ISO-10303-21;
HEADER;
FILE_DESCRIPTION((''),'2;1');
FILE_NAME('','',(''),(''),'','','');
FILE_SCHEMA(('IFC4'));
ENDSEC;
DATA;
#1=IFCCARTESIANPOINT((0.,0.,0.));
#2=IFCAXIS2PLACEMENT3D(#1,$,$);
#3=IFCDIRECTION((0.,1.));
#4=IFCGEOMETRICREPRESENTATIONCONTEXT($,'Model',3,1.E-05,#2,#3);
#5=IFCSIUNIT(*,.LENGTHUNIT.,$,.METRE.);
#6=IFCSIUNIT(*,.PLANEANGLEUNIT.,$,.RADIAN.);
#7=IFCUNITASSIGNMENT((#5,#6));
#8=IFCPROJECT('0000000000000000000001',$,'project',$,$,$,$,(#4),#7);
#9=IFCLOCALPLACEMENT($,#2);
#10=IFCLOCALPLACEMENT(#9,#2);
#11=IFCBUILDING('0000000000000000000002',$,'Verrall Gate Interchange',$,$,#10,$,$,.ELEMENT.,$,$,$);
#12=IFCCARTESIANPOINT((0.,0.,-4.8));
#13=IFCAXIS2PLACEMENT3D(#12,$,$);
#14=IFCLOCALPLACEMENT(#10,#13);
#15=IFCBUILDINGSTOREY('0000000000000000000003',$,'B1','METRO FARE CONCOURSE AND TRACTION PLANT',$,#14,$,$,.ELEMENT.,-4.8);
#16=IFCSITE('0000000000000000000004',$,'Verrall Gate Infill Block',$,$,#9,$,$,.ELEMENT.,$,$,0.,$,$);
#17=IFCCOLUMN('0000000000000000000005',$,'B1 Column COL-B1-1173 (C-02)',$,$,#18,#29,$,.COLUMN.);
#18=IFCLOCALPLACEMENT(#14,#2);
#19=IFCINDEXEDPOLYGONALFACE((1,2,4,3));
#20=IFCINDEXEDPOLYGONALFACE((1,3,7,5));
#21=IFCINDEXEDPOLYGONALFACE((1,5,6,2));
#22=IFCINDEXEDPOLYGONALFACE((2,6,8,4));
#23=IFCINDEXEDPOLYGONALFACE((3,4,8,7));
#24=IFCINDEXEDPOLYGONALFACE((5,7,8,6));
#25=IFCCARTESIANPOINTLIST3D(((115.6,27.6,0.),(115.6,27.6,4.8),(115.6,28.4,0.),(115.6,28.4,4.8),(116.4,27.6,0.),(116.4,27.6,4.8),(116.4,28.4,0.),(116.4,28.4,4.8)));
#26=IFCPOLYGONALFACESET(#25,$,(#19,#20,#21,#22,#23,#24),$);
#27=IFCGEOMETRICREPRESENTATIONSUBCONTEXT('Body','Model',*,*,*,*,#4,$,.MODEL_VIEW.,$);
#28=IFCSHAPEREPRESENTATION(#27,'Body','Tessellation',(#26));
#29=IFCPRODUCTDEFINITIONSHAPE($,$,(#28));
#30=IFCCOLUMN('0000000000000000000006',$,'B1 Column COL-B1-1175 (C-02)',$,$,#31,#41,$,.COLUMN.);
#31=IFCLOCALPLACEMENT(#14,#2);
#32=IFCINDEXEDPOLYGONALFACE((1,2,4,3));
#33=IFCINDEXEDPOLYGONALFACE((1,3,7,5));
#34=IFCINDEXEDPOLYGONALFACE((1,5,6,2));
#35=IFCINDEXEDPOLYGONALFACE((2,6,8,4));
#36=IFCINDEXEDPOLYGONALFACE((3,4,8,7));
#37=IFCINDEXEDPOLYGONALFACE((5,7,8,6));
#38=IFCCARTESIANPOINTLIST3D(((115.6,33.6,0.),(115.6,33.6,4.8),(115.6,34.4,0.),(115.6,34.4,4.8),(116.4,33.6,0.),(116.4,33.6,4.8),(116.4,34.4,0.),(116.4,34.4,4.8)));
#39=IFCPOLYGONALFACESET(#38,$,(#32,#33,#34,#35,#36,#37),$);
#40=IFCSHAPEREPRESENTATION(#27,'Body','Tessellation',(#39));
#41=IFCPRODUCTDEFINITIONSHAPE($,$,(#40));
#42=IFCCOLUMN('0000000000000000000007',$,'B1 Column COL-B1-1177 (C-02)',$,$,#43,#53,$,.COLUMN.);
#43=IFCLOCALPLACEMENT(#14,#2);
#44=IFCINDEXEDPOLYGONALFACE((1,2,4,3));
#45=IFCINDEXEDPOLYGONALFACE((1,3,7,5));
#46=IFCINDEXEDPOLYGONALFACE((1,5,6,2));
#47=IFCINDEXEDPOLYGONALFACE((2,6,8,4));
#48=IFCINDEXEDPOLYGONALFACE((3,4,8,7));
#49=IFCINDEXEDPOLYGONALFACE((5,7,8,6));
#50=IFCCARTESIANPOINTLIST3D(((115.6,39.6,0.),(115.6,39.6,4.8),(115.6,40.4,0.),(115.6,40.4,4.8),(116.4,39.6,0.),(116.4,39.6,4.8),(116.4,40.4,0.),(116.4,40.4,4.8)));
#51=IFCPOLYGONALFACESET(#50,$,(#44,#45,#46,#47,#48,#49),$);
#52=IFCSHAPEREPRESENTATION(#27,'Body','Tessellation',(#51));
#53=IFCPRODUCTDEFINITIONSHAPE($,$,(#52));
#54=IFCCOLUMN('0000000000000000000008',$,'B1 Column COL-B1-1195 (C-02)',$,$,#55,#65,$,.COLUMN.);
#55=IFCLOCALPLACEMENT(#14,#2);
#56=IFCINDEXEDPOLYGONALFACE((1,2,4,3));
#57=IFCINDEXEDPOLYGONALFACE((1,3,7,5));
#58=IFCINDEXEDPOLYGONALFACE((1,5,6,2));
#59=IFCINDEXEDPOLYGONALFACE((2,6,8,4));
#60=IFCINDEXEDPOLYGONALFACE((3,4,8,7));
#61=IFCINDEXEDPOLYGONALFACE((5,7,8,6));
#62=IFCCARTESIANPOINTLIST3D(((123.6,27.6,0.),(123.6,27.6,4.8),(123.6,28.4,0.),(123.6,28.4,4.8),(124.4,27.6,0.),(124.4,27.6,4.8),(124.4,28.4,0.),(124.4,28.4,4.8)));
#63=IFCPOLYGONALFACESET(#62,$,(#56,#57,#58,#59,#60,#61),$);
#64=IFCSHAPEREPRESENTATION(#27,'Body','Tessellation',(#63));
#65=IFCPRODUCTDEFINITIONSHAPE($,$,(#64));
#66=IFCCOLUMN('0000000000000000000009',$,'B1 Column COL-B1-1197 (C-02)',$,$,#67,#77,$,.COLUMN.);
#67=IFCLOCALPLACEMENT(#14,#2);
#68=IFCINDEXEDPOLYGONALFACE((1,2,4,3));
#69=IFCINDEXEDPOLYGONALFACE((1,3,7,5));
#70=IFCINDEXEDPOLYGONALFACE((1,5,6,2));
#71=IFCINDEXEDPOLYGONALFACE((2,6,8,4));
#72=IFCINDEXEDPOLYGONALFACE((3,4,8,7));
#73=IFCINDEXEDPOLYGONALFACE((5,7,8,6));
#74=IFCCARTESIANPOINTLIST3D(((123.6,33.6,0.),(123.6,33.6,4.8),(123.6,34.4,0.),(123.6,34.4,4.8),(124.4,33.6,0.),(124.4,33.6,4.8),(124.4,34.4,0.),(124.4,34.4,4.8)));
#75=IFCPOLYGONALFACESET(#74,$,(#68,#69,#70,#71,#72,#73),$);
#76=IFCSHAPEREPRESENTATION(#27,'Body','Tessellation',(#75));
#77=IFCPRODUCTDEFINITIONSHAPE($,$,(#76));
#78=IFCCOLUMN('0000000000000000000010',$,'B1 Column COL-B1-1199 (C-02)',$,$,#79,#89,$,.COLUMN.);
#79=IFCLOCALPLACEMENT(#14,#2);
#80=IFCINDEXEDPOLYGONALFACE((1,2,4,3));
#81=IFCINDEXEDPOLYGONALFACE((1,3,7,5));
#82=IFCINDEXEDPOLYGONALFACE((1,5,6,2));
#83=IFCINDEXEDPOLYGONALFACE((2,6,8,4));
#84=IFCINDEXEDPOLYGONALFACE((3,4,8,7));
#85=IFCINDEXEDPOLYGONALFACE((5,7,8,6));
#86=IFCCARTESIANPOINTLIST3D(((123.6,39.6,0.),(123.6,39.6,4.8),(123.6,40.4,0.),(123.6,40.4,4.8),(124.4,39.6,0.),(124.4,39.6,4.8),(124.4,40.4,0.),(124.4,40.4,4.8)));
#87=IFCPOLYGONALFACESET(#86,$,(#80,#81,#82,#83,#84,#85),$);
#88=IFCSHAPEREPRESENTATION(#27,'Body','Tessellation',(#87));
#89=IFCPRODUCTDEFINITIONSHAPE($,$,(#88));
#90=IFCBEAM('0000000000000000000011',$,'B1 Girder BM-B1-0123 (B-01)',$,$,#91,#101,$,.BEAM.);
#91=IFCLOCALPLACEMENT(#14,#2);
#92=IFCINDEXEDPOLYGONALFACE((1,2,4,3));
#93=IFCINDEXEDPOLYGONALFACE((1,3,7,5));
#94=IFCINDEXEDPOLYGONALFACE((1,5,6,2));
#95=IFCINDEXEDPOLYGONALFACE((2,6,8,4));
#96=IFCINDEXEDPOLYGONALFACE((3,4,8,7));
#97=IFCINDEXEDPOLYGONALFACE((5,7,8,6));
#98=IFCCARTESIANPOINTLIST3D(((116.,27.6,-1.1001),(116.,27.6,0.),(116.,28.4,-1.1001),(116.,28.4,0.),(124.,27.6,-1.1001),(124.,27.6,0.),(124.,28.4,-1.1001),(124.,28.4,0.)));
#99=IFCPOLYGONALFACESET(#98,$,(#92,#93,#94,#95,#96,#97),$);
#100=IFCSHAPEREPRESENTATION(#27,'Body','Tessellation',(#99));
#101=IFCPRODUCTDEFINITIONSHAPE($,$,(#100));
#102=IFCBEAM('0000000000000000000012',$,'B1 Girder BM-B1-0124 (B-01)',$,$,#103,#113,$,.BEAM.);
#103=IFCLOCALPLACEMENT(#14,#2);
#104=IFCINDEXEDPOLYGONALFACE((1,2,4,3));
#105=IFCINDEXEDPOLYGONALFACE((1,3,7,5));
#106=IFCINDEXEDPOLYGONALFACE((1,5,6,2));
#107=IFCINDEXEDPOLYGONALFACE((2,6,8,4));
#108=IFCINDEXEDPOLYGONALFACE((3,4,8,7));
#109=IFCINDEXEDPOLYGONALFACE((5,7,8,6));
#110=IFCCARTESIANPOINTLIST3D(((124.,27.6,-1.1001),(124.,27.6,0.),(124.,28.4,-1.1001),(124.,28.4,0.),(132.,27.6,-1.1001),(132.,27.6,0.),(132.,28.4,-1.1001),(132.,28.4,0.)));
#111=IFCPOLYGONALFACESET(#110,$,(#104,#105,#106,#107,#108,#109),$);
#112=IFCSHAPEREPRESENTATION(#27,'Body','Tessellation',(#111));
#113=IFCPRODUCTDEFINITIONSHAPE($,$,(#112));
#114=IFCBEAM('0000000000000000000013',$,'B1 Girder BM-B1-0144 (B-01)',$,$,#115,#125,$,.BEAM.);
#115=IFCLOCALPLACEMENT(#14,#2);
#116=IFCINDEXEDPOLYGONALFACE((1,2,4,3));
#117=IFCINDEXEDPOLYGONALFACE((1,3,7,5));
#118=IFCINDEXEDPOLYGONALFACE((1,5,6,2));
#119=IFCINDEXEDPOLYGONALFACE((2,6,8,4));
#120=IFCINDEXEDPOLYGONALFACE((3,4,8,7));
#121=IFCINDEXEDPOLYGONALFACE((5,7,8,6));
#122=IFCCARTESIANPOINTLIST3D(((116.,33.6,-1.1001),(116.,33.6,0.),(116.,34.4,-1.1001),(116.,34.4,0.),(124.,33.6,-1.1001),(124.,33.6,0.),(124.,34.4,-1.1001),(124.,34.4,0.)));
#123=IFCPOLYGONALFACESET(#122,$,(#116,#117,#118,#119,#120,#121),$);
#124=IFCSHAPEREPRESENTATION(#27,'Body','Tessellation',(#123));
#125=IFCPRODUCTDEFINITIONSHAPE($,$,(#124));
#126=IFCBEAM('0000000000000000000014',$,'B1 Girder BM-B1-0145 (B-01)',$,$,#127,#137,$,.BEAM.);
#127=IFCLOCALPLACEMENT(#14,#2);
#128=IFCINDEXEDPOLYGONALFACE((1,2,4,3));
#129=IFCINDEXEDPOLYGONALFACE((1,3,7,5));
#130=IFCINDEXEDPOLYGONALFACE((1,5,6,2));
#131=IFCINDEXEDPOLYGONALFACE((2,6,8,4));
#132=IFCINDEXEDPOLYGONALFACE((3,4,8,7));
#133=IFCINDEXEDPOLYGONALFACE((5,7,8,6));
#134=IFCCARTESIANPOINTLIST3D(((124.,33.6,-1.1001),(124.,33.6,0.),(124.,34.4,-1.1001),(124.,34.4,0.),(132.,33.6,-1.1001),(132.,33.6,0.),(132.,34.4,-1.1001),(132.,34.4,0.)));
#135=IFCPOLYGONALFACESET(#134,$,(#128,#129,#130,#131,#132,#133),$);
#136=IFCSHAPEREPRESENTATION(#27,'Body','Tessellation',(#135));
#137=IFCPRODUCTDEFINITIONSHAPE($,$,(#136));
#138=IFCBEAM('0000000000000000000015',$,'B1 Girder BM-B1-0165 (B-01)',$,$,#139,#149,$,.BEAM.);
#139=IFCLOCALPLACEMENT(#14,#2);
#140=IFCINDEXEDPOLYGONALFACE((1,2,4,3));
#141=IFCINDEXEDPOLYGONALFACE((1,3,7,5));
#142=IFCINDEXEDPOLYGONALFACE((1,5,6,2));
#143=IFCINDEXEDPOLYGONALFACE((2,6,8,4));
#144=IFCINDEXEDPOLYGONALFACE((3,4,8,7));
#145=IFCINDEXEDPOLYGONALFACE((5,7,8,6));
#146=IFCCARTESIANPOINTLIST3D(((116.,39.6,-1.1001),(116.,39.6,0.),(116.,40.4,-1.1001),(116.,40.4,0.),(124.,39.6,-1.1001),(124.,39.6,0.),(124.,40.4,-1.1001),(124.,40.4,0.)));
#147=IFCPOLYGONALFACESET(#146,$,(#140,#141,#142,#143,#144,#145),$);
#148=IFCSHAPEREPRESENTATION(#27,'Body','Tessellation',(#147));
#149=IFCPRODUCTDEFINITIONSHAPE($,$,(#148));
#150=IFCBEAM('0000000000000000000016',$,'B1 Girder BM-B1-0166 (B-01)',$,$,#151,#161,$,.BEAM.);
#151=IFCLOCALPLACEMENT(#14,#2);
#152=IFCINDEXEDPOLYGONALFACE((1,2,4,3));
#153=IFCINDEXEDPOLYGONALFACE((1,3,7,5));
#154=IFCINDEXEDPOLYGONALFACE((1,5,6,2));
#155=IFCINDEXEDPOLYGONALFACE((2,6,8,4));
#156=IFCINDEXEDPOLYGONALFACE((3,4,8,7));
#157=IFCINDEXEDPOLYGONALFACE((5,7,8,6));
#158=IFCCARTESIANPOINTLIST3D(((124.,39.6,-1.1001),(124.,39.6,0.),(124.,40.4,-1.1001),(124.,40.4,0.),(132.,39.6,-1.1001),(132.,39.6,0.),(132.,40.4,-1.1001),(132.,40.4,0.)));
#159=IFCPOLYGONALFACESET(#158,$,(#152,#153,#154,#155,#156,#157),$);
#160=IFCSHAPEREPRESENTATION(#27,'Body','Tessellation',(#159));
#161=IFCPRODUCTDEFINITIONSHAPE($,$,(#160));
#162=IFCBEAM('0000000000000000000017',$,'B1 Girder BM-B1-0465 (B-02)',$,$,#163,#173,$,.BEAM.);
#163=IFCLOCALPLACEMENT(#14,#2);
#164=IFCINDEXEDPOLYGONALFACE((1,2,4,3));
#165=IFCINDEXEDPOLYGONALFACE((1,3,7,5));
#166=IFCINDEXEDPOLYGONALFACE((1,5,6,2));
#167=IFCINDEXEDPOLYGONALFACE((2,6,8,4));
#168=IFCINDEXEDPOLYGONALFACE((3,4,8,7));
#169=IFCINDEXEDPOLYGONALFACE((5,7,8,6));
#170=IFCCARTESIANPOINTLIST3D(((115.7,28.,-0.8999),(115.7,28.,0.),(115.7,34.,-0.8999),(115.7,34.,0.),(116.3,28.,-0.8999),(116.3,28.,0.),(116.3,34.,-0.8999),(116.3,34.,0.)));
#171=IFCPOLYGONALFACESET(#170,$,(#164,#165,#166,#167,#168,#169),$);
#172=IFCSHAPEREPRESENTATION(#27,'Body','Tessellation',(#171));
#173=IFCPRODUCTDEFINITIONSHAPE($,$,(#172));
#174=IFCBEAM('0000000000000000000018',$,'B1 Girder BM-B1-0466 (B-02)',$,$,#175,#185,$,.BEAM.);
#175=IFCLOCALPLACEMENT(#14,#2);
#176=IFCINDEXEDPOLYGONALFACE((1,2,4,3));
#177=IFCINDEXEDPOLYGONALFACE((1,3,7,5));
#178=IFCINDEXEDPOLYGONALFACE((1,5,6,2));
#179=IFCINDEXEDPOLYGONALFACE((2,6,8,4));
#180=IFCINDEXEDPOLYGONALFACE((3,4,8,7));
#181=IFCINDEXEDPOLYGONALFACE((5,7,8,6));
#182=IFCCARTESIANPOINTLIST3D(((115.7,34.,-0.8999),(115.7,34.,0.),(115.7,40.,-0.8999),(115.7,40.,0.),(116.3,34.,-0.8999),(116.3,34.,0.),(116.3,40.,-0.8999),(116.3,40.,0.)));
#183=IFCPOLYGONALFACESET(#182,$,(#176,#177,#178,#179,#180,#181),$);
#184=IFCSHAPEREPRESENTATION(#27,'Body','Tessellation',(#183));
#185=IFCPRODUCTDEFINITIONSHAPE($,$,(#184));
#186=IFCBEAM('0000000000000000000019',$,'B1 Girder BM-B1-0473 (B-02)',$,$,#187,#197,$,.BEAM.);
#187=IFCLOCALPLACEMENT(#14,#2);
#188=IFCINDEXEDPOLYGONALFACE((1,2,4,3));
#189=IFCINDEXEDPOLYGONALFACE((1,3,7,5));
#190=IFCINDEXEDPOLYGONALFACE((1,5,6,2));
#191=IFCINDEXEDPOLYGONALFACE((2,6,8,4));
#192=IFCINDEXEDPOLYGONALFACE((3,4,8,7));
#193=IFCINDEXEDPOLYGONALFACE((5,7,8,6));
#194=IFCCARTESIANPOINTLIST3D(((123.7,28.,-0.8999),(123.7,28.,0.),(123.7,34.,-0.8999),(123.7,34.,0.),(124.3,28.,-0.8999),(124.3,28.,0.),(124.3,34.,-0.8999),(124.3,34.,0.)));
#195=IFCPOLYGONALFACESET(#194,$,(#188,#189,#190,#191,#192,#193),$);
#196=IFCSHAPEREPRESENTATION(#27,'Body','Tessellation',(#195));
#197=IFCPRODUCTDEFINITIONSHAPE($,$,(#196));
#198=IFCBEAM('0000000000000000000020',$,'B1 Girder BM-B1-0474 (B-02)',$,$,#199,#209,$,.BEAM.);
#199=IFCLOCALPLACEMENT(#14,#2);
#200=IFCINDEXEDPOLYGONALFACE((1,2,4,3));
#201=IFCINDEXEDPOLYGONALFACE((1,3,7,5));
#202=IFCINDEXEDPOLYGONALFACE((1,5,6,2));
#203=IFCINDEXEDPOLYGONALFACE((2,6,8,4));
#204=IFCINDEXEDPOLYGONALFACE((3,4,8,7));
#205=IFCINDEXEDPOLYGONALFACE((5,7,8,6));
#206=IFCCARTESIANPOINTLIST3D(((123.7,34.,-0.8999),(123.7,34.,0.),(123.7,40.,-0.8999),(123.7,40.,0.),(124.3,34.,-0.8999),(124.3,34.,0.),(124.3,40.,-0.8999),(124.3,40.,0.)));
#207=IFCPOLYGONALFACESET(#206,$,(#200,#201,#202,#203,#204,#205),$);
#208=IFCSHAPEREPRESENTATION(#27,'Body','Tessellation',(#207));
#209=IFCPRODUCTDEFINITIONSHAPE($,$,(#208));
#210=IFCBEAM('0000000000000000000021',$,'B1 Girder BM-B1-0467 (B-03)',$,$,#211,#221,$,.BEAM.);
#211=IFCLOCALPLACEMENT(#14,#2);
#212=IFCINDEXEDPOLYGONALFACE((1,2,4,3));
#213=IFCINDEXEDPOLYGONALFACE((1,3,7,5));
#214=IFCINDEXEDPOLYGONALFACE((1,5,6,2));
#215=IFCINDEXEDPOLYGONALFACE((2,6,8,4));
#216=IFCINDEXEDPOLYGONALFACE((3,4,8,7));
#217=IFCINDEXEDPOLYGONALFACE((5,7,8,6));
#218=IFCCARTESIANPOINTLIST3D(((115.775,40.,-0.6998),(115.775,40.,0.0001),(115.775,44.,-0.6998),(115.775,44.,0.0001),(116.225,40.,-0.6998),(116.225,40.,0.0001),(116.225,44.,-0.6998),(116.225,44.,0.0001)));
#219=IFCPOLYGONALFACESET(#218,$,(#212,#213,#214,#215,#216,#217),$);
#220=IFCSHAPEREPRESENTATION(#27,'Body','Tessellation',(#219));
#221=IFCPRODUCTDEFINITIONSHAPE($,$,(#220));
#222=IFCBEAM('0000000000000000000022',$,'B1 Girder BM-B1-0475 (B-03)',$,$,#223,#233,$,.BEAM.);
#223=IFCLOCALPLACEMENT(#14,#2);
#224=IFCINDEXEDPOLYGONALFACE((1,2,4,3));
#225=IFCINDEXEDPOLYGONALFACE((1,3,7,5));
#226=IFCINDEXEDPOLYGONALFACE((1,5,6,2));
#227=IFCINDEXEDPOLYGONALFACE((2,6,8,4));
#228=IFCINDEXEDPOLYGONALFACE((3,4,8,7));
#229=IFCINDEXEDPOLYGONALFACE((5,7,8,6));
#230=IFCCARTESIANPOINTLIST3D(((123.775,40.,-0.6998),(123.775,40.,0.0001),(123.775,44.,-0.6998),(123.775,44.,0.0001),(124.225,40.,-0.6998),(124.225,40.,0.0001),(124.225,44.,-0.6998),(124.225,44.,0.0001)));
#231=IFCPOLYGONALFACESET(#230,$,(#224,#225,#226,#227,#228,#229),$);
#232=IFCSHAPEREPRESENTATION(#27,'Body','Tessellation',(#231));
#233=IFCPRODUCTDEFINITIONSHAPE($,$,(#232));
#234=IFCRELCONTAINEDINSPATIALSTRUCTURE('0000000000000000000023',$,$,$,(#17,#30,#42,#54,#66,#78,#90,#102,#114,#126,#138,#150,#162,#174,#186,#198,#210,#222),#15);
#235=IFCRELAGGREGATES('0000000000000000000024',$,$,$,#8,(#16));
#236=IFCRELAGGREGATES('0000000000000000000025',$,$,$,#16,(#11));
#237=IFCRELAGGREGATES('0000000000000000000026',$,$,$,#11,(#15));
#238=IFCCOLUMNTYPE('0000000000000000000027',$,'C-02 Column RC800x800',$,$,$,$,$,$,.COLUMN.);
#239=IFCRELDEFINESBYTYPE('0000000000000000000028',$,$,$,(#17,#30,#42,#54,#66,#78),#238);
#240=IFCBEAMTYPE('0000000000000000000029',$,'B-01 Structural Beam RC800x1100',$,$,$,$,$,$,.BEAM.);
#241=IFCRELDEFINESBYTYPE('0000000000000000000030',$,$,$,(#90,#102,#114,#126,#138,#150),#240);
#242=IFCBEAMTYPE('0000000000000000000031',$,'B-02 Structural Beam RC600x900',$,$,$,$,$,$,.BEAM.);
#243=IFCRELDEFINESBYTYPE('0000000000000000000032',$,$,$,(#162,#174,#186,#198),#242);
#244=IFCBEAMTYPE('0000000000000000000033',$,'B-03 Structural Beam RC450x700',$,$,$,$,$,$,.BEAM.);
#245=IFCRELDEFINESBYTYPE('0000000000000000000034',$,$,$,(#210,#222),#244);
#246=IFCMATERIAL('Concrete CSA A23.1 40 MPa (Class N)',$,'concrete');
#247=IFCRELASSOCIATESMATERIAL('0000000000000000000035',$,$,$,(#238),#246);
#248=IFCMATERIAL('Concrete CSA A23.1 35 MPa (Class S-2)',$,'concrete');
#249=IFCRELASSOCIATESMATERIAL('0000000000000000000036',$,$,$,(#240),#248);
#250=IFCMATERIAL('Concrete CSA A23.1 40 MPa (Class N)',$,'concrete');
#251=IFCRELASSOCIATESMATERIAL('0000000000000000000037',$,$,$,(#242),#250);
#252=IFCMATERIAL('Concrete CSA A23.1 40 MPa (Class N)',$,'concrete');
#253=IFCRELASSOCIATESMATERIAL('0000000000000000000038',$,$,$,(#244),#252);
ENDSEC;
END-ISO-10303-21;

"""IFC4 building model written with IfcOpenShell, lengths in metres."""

from ifc_helpers import new_model, si_unit, direction, frame, origin, origin_2d, place, context, subcontext, project, spatial, rectangle, extrude, material, material_profile, profile_set, type_object, element, save


model = new_model("IFC4")

# Units and contexts
model_context = context("Model", 3, precision=1e-05, world=origin(), true_north=direction((0.0, 1.0)))
body_context = subcontext(model_context, "Body", "Model", "MODEL_VIEW")
ifc_project = project(units=[si_unit("LENGTHUNIT", "METRE"), si_unit("PLANEANGLEUNIT", "RADIAN")], contexts=[model_context])

# Site, building, storey
site_placement = place(None, origin())
site = spatial("IfcSite", under=ifc_project, at=site_placement, Name="Verrall Gate Infill Block", CompositionType="ELEMENT", RefElevation=0.0)
building_placement = place(site_placement, origin())
building = spatial("IfcBuilding", under=site, at=building_placement, Name="Verrall Gate Interchange", CompositionType="ELEMENT")
storey_placement = place(building_placement, frame((0.0, 0.0, -4.8)))
storey = spatial("IfcBuildingStorey", under=building, at=storey_placement, Name="B1", Description="METRO FARE CONCOURSE AND TRACTION PLANT", CompositionType="ELEMENT", Elevation=-4.8)

# Columns
ifc_material_1 = material(Name="Concrete CSA A23.1 40 MPa (Class N)", Category="concrete")
ifc_material_profile_1 = material_profile(ifc_material_1, rectangle(XDim=0.8, YDim=0.8, at=origin_2d()), Name="RC800x800")
ifc_profile_set_1 = profile_set([ifc_material_profile_1], Name="Concrete CSA A23.1 40 MPa (Class N)")
column_type = type_object("IfcColumnType", Name="C-02 Column RC800x800", PredefinedType="COLUMN", material=ifc_profile_set_1)
for number, where, z_axis, x_axis, name in (
    (1, (116.0, 28.0, 0.0), (0.0, 0.0, 1.0), (1.0, 0.0, 0.0), "B1 Column COL-B1-1173 (C-02)"),
    (2, (116.0, 34.0, 0.0), (0.0, 0.0, 1.0), (1.0, 0.0, 0.0), "B1 Column COL-B1-1175 (C-02)"),
    (3, (116.0, 40.0, 0.0), (0.0, 0.0, 1.0), (1.0, 0.0, 0.0), "B1 Column COL-B1-1177 (C-02)"),
    (4, (124.0, 28.0, 0.0), (0.0, 0.0, 1.0), (1.0, 0.0, 0.0), "B1 Column COL-B1-1195 (C-02)"),
    (5, (124.0, 34.0, 0.0), (0.0, 0.0, 1.0), (1.0, 0.0, 0.0), "B1 Column COL-B1-1197 (C-02)"),
    (6, (124.0, 40.0, 0.0), (0.0, 0.0, 1.0), (1.0, 0.0, 0.0), "B1 Column COL-B1-1199 (C-02)"),
):
    element("IfcColumn", number, at=place(storey_placement, frame(where, z_axis=z_axis, x_axis=x_axis)), inside=storey, type_object=column_type, Name=name, PredefinedType="COLUMN", context=body_context, shape_type="SweptSolid", body=[
        extrude(rectangle(XDim=0.8, YDim=0.8, at=origin_2d()), origin(), (0.0, 0.0, 1.0), 4.8),
    ])

# Beams
ifc_material_2 = material(Name="Concrete CSA A23.1 35 MPa (Class S-2)", Category="concrete")
ifc_material_profile_2 = material_profile(ifc_material_2, rectangle(XDim=0.8, YDim=1.1001, at=origin_2d()), Name="RC800x1100")
ifc_profile_set_2 = profile_set([ifc_material_profile_2], Name="Concrete CSA A23.1 35 MPa (Class S-2)")
beam_type_1 = type_object("IfcBeamType", Name="B-01 Structural Beam RC800x1100", PredefinedType="BEAM", material=ifc_profile_set_2)
for number, where, z_axis, x_axis, name in (
    (7, (116.0, 28.0, -0.55), (1.0, 0.0, 0.0), (0.0, 1.0, 0.0), "B1 Girder BM-B1-0123 (B-01)"),
    (8, (124.0, 28.0, -0.55), (1.0, 0.0, 0.0), (0.0, 1.0, 0.0), "B1 Girder BM-B1-0124 (B-01)"),
    (9, (116.0, 34.0, -0.55), (1.0, 0.0, 0.0), (0.0, 1.0, 0.0), "B1 Girder BM-B1-0144 (B-01)"),
    (10, (124.0, 34.0, -0.55), (1.0, 0.0, 0.0), (0.0, 1.0, 0.0), "B1 Girder BM-B1-0145 (B-01)"),
    (11, (116.0, 40.0, -0.55), (1.0, 0.0, 0.0), (0.0, 1.0, 0.0), "B1 Girder BM-B1-0165 (B-01)"),
    (12, (124.0, 40.0, -0.55), (1.0, 0.0, 0.0), (0.0, 1.0, 0.0), "B1 Girder BM-B1-0166 (B-01)"),
):
    element("IfcBeam", number, at=place(storey_placement, frame(where, z_axis=z_axis, x_axis=x_axis)), inside=storey, type_object=beam_type_1, Name=name, PredefinedType="BEAM", context=body_context, shape_type="SweptSolid", body=[
        extrude(rectangle(XDim=0.8, YDim=1.1001, at=origin_2d()), origin(), (0.0, 0.0, 1.0), 8.0),
    ])
ifc_material_3 = material(Name="Concrete CSA A23.1 40 MPa (Class N)", Category="concrete")
ifc_material_profile_3 = material_profile(ifc_material_3, rectangle(XDim=0.6001, YDim=0.8999, at=origin_2d()), Name="RC600x900")
ifc_profile_set_3 = profile_set([ifc_material_profile_3], Name="Concrete CSA A23.1 40 MPa (Class N)")
beam_type_2 = type_object("IfcBeamType", Name="B-02 Structural Beam RC600x900", PredefinedType="BEAM", material=ifc_profile_set_3)
for number, where, z_axis, x_axis, name in (
    (13, (116.0, 28.0, -0.45), (0.0, 1.0, 0.0), (-1.0, 0.0, 0.0), "B1 Girder BM-B1-0465 (B-02)"),
    (14, (116.0, 34.0, -0.45), (0.0, 1.0, 0.0), (-1.0, 0.0, 0.0), "B1 Girder BM-B1-0466 (B-02)"),
    (15, (124.0, 28.0, -0.45), (0.0, 1.0, 0.0), (-1.0, 0.0, 0.0), "B1 Girder BM-B1-0473 (B-02)"),
    (16, (124.0, 34.0, -0.45), (0.0, 1.0, 0.0), (-1.0, 0.0, 0.0), "B1 Girder BM-B1-0474 (B-02)"),
):
    element("IfcBeam", number, at=place(storey_placement, frame(where, z_axis=z_axis, x_axis=x_axis)), inside=storey, type_object=beam_type_2, Name=name, PredefinedType="BEAM", context=body_context, shape_type="SweptSolid", body=[
        extrude(rectangle(XDim=0.6001, YDim=0.8999, at=origin_2d()), origin(), (0.0, 0.0, 1.0), 6.0),
    ])
ifc_material_4 = material(Name="Concrete CSA A23.1 40 MPa (Class N)", Category="concrete")
ifc_material_profile_4 = material_profile(ifc_material_4, rectangle(XDim=0.45, YDim=0.7, at=origin_2d()), Name="RC450x700")
ifc_profile_set_4 = profile_set([ifc_material_profile_4], Name="Concrete CSA A23.1 40 MPa (Class N)")
beam_type_3 = type_object("IfcBeamType", Name="B-03 Structural Beam RC450x700", PredefinedType="BEAM", material=ifc_profile_set_4)
for number, where, z_axis, x_axis, name in (
    (17, (116.0, 40.0, -0.3499), (0.0, 1.0, 0.0), (-1.0, 0.0, 0.0), "B1 Girder BM-B1-0467 (B-03)"),
    (18, (124.0, 40.0, -0.3499), (0.0, 1.0, 0.0), (-1.0, 0.0, 0.0), "B1 Girder BM-B1-0475 (B-03)"),
):
    element("IfcBeam", number, at=place(storey_placement, frame(where, z_axis=z_axis, x_axis=x_axis)), inside=storey, type_object=beam_type_3, Name=name, PredefinedType="BEAM", context=body_context, shape_type="SweptSolid", body=[
        extrude(rectangle(XDim=0.45, YDim=0.7, at=origin_2d()), origin(), (0.0, 0.0, 1.0), 4.0),
    ])

save(model, "model.ifc")
